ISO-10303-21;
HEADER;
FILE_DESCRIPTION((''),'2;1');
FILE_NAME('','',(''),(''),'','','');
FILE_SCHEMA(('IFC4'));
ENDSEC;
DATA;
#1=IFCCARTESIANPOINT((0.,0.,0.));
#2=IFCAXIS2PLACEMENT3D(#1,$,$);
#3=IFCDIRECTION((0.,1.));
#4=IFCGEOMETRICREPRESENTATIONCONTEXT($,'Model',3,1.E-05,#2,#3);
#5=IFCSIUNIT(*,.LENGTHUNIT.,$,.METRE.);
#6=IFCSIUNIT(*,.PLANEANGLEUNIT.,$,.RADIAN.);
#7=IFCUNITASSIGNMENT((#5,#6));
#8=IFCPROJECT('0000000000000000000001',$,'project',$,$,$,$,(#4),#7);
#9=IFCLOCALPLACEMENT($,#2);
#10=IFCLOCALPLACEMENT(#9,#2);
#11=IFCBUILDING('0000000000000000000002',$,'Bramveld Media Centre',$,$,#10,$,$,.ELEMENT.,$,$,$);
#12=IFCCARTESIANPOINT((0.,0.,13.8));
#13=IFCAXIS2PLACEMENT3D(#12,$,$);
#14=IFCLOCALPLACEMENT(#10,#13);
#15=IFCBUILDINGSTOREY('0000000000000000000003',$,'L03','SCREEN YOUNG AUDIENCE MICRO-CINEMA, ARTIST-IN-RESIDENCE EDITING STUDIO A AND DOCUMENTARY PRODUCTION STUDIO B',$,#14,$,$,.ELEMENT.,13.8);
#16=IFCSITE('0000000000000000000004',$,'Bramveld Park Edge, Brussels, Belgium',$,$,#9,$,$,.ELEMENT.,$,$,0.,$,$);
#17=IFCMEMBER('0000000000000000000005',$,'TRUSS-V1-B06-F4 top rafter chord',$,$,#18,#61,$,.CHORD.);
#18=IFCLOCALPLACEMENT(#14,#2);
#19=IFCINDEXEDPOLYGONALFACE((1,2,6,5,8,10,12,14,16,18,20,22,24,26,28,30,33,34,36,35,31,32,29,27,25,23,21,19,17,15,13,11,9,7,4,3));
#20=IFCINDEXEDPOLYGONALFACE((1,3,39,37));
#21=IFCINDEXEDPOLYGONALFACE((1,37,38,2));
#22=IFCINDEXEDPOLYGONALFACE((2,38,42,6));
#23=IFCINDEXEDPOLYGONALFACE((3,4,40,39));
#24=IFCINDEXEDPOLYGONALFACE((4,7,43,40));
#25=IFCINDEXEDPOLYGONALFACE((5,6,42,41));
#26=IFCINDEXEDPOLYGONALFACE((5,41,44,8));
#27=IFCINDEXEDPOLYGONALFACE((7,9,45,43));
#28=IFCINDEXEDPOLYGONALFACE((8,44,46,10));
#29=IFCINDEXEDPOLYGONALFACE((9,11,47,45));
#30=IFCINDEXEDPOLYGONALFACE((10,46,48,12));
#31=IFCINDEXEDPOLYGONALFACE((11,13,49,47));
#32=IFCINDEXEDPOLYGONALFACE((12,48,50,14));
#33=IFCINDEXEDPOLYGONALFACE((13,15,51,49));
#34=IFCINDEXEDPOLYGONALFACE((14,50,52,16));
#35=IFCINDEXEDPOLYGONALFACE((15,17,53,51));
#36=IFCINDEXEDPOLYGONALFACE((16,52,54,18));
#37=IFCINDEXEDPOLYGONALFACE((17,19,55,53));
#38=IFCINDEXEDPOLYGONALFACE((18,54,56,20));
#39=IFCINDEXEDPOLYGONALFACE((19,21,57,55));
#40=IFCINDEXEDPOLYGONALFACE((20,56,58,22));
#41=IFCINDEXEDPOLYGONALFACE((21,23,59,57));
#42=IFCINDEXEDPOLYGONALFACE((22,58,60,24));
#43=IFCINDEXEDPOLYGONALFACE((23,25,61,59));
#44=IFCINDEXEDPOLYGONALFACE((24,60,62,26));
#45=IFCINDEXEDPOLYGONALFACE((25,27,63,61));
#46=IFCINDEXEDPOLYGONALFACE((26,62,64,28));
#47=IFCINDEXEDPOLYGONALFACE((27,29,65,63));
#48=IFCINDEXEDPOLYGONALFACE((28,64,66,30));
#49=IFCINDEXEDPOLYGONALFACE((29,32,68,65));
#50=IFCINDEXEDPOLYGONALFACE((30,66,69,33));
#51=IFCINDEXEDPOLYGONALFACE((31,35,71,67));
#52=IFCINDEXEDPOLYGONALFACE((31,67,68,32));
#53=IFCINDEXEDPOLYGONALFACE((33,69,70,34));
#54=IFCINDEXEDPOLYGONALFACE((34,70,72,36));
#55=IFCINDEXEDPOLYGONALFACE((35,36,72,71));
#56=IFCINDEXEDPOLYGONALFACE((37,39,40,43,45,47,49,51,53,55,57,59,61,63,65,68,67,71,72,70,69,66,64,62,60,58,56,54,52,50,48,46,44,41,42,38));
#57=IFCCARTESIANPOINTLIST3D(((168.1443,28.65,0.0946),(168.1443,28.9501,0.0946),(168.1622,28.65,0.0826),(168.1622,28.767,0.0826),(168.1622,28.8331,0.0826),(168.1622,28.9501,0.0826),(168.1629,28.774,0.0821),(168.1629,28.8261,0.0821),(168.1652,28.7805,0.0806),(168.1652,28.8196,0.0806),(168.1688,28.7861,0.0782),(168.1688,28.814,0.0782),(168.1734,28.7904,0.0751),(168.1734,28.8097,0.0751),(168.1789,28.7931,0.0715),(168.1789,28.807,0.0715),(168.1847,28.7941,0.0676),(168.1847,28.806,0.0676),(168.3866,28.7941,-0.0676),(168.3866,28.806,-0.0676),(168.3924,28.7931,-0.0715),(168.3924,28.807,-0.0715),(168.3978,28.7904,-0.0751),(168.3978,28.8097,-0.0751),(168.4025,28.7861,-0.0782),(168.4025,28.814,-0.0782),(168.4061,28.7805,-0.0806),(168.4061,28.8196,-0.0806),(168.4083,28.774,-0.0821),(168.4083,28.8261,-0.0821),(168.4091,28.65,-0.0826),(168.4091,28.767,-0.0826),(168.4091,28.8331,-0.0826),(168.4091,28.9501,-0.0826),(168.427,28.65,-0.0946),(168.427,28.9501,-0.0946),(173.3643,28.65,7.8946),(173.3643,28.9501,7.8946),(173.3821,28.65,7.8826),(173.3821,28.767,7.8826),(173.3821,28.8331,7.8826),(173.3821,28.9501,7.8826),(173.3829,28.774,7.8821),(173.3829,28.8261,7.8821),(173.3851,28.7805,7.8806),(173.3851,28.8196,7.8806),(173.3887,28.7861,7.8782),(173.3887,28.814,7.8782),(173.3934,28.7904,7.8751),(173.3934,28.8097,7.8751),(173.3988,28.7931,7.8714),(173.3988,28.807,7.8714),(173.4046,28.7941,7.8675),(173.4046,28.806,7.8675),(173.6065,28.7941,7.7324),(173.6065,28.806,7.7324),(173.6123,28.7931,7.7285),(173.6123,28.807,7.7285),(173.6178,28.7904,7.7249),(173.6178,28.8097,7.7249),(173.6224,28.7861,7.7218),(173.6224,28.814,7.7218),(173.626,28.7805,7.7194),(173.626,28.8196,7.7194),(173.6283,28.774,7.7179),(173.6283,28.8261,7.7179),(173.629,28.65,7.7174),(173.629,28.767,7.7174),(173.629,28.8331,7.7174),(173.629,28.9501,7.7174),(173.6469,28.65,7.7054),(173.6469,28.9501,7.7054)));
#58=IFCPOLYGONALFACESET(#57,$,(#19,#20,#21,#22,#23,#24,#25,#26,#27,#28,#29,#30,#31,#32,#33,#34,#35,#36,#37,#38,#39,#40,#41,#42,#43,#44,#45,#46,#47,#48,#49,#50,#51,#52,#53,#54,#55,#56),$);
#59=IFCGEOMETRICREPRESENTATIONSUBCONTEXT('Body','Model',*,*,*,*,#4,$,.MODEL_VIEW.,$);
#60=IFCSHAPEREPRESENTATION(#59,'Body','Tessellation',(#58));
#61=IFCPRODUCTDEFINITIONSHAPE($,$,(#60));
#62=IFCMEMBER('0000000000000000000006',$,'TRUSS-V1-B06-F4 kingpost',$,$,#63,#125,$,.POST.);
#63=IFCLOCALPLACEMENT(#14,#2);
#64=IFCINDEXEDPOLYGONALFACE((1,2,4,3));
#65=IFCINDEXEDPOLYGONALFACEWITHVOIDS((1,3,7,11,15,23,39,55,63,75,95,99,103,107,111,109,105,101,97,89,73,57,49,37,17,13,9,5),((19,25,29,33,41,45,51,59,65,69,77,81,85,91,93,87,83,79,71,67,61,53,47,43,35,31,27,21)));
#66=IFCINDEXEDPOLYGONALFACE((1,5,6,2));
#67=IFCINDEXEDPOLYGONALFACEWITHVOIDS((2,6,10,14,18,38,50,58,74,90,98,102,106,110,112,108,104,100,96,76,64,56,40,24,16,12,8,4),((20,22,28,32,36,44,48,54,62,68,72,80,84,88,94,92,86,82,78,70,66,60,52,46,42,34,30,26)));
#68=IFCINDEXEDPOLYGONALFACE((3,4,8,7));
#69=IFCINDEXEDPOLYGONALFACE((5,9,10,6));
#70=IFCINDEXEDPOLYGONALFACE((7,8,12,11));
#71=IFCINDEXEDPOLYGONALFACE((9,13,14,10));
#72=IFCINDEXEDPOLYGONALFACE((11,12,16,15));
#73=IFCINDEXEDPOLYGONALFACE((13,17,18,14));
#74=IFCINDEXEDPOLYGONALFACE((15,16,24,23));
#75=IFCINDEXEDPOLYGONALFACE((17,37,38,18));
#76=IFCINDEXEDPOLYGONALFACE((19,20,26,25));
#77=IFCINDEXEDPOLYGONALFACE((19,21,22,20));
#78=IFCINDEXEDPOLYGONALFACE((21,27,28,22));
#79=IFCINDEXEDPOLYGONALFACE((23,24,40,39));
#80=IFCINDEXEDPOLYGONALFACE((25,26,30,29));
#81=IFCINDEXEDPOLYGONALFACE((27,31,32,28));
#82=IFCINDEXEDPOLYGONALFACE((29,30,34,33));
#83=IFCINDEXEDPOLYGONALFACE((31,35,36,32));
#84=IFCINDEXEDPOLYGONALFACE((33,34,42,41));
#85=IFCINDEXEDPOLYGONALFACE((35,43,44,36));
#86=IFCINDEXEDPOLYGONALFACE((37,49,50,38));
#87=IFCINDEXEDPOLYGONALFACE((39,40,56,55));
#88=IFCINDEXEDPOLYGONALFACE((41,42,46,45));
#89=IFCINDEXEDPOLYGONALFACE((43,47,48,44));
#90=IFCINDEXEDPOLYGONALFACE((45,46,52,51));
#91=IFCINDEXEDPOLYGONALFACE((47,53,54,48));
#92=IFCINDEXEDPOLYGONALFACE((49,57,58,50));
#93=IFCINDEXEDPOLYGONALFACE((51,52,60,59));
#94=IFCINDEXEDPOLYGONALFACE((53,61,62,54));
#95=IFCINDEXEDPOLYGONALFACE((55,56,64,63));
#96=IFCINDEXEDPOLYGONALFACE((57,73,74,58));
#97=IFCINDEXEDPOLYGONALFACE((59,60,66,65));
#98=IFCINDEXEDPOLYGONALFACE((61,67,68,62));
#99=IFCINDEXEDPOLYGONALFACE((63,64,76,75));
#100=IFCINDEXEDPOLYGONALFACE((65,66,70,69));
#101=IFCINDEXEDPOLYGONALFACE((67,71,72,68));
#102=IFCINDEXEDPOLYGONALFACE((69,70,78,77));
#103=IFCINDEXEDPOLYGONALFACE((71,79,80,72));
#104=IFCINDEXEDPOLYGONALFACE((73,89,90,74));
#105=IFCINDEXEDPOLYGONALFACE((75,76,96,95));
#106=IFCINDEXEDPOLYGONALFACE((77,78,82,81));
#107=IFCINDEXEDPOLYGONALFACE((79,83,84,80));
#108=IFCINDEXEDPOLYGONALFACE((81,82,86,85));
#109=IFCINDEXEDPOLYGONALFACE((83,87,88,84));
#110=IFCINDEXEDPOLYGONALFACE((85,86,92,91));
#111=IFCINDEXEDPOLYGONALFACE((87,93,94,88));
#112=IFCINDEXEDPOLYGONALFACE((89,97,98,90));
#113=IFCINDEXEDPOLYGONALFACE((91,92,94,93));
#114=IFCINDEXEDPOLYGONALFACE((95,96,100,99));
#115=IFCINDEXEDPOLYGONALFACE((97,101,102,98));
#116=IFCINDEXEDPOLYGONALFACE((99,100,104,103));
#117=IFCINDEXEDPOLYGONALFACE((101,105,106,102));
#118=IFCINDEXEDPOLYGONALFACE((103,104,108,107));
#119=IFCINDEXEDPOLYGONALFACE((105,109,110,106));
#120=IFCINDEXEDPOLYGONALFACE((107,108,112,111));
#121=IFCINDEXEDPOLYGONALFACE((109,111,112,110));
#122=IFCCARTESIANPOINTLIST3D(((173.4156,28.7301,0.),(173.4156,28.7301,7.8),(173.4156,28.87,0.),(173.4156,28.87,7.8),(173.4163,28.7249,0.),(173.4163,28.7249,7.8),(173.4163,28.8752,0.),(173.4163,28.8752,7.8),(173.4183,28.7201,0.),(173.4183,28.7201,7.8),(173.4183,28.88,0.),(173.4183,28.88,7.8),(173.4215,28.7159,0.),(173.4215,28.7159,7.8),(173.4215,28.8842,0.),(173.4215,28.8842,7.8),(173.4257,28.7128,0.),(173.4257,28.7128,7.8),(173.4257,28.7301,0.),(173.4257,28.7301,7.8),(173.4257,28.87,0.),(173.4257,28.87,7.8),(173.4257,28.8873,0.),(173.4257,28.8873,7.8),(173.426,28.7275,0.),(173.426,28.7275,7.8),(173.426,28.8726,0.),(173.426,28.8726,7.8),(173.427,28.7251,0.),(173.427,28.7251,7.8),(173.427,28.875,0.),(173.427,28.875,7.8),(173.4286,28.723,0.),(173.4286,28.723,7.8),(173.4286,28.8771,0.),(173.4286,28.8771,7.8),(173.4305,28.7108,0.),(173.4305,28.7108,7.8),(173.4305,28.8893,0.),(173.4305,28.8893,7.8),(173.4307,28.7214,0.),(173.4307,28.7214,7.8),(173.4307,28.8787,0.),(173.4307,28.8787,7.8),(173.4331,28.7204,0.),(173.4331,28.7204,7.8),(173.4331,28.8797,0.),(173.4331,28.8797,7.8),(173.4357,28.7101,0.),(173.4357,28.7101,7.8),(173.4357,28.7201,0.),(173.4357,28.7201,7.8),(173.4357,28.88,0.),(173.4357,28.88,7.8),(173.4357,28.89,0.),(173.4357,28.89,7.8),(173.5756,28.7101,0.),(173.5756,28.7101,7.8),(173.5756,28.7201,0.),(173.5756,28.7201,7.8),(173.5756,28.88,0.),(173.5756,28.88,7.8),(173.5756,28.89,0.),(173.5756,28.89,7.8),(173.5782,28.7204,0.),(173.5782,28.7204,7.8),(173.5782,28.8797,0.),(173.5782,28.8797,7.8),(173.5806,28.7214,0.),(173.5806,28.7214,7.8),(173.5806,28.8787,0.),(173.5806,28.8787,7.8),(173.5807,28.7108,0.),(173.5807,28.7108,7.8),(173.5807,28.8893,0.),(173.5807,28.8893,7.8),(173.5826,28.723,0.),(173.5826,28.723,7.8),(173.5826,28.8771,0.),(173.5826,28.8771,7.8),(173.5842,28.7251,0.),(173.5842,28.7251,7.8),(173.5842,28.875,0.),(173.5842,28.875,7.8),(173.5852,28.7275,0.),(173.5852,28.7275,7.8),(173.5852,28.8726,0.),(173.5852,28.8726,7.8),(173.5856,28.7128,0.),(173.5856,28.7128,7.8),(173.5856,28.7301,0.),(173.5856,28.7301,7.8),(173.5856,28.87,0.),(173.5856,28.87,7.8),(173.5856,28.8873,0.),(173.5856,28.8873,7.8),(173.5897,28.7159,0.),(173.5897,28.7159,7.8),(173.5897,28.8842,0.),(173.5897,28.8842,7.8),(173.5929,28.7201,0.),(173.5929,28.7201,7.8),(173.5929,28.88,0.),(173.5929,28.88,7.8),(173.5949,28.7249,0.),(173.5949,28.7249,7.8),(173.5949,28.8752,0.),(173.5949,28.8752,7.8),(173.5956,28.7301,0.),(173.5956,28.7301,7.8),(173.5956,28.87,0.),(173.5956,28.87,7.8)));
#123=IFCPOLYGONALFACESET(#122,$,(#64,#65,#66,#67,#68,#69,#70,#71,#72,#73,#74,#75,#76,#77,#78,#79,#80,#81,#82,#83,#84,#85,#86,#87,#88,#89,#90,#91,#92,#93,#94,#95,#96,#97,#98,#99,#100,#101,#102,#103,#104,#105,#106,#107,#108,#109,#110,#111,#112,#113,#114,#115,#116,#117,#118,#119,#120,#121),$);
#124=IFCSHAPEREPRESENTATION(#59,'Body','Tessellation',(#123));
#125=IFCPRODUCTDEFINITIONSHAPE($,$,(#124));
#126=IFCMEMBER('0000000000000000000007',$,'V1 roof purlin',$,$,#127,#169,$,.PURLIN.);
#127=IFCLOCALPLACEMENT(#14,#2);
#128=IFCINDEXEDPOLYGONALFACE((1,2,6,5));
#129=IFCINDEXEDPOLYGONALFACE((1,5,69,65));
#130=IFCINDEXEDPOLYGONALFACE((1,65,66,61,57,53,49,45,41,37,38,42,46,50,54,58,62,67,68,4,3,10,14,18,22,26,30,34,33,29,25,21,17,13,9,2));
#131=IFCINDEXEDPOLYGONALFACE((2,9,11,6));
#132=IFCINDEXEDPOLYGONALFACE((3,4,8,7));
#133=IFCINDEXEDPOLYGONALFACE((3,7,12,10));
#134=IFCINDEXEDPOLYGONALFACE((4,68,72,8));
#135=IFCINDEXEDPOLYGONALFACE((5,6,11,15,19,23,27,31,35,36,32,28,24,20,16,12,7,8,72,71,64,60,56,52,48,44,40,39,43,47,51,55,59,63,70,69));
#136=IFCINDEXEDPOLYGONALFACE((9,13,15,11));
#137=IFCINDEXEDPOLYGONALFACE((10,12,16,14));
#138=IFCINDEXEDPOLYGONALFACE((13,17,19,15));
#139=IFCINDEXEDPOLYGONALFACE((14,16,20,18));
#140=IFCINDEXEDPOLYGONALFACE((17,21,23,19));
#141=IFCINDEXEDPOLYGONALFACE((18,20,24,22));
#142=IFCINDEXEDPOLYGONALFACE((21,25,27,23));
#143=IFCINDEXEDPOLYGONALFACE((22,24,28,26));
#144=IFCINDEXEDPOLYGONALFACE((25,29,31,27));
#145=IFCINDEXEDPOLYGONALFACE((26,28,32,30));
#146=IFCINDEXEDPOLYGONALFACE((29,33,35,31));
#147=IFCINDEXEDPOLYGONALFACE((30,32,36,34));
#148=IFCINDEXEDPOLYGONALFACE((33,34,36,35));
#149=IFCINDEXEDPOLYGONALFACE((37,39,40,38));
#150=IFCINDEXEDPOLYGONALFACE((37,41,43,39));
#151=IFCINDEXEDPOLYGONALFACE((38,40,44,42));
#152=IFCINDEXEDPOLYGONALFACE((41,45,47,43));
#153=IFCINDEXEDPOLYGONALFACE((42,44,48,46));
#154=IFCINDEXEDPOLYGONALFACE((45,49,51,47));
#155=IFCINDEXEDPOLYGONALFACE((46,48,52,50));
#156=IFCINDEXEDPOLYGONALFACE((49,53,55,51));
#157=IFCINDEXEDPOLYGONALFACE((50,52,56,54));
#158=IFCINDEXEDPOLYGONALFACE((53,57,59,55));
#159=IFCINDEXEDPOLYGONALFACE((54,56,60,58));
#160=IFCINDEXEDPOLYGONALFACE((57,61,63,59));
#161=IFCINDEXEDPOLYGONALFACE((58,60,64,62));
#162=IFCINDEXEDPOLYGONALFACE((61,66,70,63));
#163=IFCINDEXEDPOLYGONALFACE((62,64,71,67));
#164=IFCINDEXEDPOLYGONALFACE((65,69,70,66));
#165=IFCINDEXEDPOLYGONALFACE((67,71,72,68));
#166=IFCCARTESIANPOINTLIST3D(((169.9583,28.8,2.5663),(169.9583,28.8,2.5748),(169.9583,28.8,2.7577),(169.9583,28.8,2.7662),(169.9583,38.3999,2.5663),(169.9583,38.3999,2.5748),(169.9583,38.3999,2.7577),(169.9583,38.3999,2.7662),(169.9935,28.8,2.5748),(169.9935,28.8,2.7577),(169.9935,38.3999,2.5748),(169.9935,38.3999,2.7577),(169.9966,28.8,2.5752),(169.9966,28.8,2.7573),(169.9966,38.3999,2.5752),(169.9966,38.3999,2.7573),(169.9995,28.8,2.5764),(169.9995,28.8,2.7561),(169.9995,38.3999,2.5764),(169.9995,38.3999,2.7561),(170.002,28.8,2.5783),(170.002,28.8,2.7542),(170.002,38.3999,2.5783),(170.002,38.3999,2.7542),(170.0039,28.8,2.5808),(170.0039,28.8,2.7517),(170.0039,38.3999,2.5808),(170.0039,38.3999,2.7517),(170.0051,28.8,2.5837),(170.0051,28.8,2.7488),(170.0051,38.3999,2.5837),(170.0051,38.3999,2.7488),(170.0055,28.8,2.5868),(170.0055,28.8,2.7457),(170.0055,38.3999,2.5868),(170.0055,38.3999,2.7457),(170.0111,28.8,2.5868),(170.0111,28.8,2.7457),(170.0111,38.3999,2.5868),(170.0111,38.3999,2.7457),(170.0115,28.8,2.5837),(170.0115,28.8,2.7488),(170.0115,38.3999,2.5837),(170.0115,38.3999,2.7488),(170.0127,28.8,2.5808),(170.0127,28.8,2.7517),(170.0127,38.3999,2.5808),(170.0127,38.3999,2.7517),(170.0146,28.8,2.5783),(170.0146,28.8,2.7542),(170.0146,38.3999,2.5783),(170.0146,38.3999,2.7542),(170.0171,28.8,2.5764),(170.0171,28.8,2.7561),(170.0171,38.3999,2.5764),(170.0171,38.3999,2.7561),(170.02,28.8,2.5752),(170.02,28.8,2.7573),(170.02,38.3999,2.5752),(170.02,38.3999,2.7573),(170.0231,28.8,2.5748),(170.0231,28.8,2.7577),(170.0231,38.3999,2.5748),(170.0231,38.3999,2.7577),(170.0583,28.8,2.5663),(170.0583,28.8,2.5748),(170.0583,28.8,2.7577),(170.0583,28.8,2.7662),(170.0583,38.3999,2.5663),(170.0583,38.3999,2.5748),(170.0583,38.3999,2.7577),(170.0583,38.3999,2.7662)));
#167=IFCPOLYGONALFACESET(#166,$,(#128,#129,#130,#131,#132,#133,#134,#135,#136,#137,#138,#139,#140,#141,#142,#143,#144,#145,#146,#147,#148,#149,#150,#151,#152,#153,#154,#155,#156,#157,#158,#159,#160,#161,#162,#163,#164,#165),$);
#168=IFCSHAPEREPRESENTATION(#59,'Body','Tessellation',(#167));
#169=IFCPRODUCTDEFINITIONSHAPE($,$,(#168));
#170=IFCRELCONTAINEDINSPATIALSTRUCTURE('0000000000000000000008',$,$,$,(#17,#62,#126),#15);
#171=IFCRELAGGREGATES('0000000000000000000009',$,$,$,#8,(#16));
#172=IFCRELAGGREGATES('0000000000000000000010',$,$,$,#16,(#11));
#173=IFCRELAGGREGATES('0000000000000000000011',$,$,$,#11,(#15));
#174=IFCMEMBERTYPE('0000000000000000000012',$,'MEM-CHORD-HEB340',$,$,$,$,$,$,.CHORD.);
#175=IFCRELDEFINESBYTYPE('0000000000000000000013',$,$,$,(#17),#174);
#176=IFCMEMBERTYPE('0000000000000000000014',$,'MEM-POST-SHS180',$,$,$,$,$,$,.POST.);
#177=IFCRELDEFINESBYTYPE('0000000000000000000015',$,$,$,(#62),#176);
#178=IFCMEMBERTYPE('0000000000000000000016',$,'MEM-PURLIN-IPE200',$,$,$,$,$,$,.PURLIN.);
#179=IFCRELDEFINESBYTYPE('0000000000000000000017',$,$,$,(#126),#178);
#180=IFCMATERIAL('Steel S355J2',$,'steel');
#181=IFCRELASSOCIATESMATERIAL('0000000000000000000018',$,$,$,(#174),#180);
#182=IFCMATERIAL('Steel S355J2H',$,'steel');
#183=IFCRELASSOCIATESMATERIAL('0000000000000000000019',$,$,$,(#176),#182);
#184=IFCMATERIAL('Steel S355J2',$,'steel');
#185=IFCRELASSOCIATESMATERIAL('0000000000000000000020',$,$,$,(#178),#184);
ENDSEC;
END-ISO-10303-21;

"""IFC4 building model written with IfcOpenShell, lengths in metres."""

from ifc_helpers import new_model, si_unit, direction, frame, origin, origin_2d, place, context, subcontext, project, spatial, hollow_rectangle, i_section, extrude, material, material_profile, profile_set, type_object, element, save


model = new_model("IFC4")

# Units and contexts
model_context = context("Model", 3, precision=1e-05, world=origin(), true_north=direction((0.0, 1.0)))
body_context = subcontext(model_context, "Body", "Model", "MODEL_VIEW")
ifc_project = project(units=[si_unit("LENGTHUNIT", "METRE"), si_unit("PLANEANGLEUNIT", "RADIAN")], contexts=[model_context])

# Site, building, storey
site_placement = place(None, origin())
site = spatial("IfcSite", under=ifc_project, at=site_placement, Name="Bramveld Park Edge, Brussels, Belgium", CompositionType="ELEMENT", RefElevation=0.0)
building_placement = place(site_placement, origin())
building = spatial("IfcBuilding", under=site, at=building_placement, Name="Bramveld Media Centre", CompositionType="ELEMENT")
storey_placement = place(building_placement, frame((0.0, 0.0, 13.8)))
storey = spatial("IfcBuildingStorey", under=building, at=storey_placement, Name="L03", Description="SCREEN YOUNG AUDIENCE MICRO-CINEMA, ARTIST-IN-RESIDENCE EDITING STUDIO A AND DOCUMENTARY PRODUCTION STUDIO B", CompositionType="ELEMENT", Elevation=13.8)

# Members
ifc_material_1 = material(Name="Steel S355J2", Category="steel")
ifc_material_profile_1 = material_profile(ifc_material_1, i_section(OverallWidth=0.3, OverallDepth=0.3401, WebThickness=0.012, FlangeThickness=0.0215, FilletRadius=0.0271, at=origin_2d()), Name="HEB 340")
ifc_profile_set_1 = profile_set([ifc_material_profile_1], Name="Steel S355J2")
member_type_1 = type_object("IfcMemberType", Name="MEM-CHORD-HEB340", PredefinedType="CHORD", material=ifc_profile_set_1)
member_1_placement = place(storey_placement, frame((168.2856, 28.8, 0.0), z_axis=(0.55617, 0.0, 0.831069), x_axis=(0.0, 1.0, 0.0)))
element("IfcMember", 1, at=member_1_placement, inside=storey, type_object=member_type_1, Name="TRUSS-V1-B06-F4 top rafter chord", PredefinedType="CHORD", context=body_context, shape_type="SweptSolid", body=[
    extrude(i_section(OverallWidth=0.3, OverallDepth=0.3401, WebThickness=0.012, FlangeThickness=0.0215, FilletRadius=0.0271, at=origin_2d()), origin(), (0.0, 0.0, 1.0), 9.3855),
])
ifc_material_2 = material(Name="Steel S355J2H", Category="steel")
ifc_material_profile_2 = material_profile(ifc_material_2, hollow_rectangle(XDim=0.1799, YDim=0.1799, WallThickness=0.01, InnerFilletRadius=0.01, OuterFilletRadius=0.02, at=origin_2d()), Name="SHS 180x180x10")
ifc_profile_set_2 = profile_set([ifc_material_profile_2], Name="Steel S355J2H")
member_type_2 = type_object("IfcMemberType", Name="MEM-POST-SHS180", PredefinedType="POST", material=ifc_profile_set_2)
member_2_placement = place(storey_placement, frame((173.5056, 28.8, 0.0), z_axis=(0.0, 0.0, 1.0), x_axis=(1.0, 0.0, 0.0)))
element("IfcMember", 2, at=member_2_placement, inside=storey, type_object=member_type_2, Name="TRUSS-V1-B06-F4 kingpost", PredefinedType="POST", context=body_context, shape_type="SweptSolid", body=[
    extrude(hollow_rectangle(XDim=0.1799, YDim=0.1799, WallThickness=0.01, InnerFilletRadius=0.01, OuterFilletRadius=0.02, at=origin_2d()), origin(), (0.0, 0.0, 1.0), 7.8),
])
ifc_material_3 = material(Name="Steel S355J2", Category="steel")
ifc_material_profile_3 = material_profile(ifc_material_3, i_section(OverallWidth=0.1001, OverallDepth=0.2, WebThickness=0.0056, FlangeThickness=0.0085, FilletRadius=0.012, at=origin_2d()), Name="IPE 200")
ifc_profile_set_3 = profile_set([ifc_material_profile_3], Name="Steel S355J2")
member_type_3 = type_object("IfcMemberType", Name="MEM-PURLIN-IPE200", PredefinedType="PURLIN", material=ifc_profile_set_3)
member_3_placement = place(storey_placement, frame((170.0083, 28.8, 2.6663), z_axis=(0.0, 1.0, 0.0), x_axis=(-1.0, 0.0, 0.0)))
element("IfcMember", 3, at=member_3_placement, inside=storey, type_object=member_type_3, Name="V1 roof purlin", PredefinedType="PURLIN", context=body_context, shape_type="SweptSolid", body=[
    extrude(i_section(OverallWidth=0.1001, OverallDepth=0.2, WebThickness=0.0056, FlangeThickness=0.0085, FilletRadius=0.012, at=origin_2d()), origin(), (0.0, 0.0, 1.0), 9.5999),
])

save(model, "model.ifc")
